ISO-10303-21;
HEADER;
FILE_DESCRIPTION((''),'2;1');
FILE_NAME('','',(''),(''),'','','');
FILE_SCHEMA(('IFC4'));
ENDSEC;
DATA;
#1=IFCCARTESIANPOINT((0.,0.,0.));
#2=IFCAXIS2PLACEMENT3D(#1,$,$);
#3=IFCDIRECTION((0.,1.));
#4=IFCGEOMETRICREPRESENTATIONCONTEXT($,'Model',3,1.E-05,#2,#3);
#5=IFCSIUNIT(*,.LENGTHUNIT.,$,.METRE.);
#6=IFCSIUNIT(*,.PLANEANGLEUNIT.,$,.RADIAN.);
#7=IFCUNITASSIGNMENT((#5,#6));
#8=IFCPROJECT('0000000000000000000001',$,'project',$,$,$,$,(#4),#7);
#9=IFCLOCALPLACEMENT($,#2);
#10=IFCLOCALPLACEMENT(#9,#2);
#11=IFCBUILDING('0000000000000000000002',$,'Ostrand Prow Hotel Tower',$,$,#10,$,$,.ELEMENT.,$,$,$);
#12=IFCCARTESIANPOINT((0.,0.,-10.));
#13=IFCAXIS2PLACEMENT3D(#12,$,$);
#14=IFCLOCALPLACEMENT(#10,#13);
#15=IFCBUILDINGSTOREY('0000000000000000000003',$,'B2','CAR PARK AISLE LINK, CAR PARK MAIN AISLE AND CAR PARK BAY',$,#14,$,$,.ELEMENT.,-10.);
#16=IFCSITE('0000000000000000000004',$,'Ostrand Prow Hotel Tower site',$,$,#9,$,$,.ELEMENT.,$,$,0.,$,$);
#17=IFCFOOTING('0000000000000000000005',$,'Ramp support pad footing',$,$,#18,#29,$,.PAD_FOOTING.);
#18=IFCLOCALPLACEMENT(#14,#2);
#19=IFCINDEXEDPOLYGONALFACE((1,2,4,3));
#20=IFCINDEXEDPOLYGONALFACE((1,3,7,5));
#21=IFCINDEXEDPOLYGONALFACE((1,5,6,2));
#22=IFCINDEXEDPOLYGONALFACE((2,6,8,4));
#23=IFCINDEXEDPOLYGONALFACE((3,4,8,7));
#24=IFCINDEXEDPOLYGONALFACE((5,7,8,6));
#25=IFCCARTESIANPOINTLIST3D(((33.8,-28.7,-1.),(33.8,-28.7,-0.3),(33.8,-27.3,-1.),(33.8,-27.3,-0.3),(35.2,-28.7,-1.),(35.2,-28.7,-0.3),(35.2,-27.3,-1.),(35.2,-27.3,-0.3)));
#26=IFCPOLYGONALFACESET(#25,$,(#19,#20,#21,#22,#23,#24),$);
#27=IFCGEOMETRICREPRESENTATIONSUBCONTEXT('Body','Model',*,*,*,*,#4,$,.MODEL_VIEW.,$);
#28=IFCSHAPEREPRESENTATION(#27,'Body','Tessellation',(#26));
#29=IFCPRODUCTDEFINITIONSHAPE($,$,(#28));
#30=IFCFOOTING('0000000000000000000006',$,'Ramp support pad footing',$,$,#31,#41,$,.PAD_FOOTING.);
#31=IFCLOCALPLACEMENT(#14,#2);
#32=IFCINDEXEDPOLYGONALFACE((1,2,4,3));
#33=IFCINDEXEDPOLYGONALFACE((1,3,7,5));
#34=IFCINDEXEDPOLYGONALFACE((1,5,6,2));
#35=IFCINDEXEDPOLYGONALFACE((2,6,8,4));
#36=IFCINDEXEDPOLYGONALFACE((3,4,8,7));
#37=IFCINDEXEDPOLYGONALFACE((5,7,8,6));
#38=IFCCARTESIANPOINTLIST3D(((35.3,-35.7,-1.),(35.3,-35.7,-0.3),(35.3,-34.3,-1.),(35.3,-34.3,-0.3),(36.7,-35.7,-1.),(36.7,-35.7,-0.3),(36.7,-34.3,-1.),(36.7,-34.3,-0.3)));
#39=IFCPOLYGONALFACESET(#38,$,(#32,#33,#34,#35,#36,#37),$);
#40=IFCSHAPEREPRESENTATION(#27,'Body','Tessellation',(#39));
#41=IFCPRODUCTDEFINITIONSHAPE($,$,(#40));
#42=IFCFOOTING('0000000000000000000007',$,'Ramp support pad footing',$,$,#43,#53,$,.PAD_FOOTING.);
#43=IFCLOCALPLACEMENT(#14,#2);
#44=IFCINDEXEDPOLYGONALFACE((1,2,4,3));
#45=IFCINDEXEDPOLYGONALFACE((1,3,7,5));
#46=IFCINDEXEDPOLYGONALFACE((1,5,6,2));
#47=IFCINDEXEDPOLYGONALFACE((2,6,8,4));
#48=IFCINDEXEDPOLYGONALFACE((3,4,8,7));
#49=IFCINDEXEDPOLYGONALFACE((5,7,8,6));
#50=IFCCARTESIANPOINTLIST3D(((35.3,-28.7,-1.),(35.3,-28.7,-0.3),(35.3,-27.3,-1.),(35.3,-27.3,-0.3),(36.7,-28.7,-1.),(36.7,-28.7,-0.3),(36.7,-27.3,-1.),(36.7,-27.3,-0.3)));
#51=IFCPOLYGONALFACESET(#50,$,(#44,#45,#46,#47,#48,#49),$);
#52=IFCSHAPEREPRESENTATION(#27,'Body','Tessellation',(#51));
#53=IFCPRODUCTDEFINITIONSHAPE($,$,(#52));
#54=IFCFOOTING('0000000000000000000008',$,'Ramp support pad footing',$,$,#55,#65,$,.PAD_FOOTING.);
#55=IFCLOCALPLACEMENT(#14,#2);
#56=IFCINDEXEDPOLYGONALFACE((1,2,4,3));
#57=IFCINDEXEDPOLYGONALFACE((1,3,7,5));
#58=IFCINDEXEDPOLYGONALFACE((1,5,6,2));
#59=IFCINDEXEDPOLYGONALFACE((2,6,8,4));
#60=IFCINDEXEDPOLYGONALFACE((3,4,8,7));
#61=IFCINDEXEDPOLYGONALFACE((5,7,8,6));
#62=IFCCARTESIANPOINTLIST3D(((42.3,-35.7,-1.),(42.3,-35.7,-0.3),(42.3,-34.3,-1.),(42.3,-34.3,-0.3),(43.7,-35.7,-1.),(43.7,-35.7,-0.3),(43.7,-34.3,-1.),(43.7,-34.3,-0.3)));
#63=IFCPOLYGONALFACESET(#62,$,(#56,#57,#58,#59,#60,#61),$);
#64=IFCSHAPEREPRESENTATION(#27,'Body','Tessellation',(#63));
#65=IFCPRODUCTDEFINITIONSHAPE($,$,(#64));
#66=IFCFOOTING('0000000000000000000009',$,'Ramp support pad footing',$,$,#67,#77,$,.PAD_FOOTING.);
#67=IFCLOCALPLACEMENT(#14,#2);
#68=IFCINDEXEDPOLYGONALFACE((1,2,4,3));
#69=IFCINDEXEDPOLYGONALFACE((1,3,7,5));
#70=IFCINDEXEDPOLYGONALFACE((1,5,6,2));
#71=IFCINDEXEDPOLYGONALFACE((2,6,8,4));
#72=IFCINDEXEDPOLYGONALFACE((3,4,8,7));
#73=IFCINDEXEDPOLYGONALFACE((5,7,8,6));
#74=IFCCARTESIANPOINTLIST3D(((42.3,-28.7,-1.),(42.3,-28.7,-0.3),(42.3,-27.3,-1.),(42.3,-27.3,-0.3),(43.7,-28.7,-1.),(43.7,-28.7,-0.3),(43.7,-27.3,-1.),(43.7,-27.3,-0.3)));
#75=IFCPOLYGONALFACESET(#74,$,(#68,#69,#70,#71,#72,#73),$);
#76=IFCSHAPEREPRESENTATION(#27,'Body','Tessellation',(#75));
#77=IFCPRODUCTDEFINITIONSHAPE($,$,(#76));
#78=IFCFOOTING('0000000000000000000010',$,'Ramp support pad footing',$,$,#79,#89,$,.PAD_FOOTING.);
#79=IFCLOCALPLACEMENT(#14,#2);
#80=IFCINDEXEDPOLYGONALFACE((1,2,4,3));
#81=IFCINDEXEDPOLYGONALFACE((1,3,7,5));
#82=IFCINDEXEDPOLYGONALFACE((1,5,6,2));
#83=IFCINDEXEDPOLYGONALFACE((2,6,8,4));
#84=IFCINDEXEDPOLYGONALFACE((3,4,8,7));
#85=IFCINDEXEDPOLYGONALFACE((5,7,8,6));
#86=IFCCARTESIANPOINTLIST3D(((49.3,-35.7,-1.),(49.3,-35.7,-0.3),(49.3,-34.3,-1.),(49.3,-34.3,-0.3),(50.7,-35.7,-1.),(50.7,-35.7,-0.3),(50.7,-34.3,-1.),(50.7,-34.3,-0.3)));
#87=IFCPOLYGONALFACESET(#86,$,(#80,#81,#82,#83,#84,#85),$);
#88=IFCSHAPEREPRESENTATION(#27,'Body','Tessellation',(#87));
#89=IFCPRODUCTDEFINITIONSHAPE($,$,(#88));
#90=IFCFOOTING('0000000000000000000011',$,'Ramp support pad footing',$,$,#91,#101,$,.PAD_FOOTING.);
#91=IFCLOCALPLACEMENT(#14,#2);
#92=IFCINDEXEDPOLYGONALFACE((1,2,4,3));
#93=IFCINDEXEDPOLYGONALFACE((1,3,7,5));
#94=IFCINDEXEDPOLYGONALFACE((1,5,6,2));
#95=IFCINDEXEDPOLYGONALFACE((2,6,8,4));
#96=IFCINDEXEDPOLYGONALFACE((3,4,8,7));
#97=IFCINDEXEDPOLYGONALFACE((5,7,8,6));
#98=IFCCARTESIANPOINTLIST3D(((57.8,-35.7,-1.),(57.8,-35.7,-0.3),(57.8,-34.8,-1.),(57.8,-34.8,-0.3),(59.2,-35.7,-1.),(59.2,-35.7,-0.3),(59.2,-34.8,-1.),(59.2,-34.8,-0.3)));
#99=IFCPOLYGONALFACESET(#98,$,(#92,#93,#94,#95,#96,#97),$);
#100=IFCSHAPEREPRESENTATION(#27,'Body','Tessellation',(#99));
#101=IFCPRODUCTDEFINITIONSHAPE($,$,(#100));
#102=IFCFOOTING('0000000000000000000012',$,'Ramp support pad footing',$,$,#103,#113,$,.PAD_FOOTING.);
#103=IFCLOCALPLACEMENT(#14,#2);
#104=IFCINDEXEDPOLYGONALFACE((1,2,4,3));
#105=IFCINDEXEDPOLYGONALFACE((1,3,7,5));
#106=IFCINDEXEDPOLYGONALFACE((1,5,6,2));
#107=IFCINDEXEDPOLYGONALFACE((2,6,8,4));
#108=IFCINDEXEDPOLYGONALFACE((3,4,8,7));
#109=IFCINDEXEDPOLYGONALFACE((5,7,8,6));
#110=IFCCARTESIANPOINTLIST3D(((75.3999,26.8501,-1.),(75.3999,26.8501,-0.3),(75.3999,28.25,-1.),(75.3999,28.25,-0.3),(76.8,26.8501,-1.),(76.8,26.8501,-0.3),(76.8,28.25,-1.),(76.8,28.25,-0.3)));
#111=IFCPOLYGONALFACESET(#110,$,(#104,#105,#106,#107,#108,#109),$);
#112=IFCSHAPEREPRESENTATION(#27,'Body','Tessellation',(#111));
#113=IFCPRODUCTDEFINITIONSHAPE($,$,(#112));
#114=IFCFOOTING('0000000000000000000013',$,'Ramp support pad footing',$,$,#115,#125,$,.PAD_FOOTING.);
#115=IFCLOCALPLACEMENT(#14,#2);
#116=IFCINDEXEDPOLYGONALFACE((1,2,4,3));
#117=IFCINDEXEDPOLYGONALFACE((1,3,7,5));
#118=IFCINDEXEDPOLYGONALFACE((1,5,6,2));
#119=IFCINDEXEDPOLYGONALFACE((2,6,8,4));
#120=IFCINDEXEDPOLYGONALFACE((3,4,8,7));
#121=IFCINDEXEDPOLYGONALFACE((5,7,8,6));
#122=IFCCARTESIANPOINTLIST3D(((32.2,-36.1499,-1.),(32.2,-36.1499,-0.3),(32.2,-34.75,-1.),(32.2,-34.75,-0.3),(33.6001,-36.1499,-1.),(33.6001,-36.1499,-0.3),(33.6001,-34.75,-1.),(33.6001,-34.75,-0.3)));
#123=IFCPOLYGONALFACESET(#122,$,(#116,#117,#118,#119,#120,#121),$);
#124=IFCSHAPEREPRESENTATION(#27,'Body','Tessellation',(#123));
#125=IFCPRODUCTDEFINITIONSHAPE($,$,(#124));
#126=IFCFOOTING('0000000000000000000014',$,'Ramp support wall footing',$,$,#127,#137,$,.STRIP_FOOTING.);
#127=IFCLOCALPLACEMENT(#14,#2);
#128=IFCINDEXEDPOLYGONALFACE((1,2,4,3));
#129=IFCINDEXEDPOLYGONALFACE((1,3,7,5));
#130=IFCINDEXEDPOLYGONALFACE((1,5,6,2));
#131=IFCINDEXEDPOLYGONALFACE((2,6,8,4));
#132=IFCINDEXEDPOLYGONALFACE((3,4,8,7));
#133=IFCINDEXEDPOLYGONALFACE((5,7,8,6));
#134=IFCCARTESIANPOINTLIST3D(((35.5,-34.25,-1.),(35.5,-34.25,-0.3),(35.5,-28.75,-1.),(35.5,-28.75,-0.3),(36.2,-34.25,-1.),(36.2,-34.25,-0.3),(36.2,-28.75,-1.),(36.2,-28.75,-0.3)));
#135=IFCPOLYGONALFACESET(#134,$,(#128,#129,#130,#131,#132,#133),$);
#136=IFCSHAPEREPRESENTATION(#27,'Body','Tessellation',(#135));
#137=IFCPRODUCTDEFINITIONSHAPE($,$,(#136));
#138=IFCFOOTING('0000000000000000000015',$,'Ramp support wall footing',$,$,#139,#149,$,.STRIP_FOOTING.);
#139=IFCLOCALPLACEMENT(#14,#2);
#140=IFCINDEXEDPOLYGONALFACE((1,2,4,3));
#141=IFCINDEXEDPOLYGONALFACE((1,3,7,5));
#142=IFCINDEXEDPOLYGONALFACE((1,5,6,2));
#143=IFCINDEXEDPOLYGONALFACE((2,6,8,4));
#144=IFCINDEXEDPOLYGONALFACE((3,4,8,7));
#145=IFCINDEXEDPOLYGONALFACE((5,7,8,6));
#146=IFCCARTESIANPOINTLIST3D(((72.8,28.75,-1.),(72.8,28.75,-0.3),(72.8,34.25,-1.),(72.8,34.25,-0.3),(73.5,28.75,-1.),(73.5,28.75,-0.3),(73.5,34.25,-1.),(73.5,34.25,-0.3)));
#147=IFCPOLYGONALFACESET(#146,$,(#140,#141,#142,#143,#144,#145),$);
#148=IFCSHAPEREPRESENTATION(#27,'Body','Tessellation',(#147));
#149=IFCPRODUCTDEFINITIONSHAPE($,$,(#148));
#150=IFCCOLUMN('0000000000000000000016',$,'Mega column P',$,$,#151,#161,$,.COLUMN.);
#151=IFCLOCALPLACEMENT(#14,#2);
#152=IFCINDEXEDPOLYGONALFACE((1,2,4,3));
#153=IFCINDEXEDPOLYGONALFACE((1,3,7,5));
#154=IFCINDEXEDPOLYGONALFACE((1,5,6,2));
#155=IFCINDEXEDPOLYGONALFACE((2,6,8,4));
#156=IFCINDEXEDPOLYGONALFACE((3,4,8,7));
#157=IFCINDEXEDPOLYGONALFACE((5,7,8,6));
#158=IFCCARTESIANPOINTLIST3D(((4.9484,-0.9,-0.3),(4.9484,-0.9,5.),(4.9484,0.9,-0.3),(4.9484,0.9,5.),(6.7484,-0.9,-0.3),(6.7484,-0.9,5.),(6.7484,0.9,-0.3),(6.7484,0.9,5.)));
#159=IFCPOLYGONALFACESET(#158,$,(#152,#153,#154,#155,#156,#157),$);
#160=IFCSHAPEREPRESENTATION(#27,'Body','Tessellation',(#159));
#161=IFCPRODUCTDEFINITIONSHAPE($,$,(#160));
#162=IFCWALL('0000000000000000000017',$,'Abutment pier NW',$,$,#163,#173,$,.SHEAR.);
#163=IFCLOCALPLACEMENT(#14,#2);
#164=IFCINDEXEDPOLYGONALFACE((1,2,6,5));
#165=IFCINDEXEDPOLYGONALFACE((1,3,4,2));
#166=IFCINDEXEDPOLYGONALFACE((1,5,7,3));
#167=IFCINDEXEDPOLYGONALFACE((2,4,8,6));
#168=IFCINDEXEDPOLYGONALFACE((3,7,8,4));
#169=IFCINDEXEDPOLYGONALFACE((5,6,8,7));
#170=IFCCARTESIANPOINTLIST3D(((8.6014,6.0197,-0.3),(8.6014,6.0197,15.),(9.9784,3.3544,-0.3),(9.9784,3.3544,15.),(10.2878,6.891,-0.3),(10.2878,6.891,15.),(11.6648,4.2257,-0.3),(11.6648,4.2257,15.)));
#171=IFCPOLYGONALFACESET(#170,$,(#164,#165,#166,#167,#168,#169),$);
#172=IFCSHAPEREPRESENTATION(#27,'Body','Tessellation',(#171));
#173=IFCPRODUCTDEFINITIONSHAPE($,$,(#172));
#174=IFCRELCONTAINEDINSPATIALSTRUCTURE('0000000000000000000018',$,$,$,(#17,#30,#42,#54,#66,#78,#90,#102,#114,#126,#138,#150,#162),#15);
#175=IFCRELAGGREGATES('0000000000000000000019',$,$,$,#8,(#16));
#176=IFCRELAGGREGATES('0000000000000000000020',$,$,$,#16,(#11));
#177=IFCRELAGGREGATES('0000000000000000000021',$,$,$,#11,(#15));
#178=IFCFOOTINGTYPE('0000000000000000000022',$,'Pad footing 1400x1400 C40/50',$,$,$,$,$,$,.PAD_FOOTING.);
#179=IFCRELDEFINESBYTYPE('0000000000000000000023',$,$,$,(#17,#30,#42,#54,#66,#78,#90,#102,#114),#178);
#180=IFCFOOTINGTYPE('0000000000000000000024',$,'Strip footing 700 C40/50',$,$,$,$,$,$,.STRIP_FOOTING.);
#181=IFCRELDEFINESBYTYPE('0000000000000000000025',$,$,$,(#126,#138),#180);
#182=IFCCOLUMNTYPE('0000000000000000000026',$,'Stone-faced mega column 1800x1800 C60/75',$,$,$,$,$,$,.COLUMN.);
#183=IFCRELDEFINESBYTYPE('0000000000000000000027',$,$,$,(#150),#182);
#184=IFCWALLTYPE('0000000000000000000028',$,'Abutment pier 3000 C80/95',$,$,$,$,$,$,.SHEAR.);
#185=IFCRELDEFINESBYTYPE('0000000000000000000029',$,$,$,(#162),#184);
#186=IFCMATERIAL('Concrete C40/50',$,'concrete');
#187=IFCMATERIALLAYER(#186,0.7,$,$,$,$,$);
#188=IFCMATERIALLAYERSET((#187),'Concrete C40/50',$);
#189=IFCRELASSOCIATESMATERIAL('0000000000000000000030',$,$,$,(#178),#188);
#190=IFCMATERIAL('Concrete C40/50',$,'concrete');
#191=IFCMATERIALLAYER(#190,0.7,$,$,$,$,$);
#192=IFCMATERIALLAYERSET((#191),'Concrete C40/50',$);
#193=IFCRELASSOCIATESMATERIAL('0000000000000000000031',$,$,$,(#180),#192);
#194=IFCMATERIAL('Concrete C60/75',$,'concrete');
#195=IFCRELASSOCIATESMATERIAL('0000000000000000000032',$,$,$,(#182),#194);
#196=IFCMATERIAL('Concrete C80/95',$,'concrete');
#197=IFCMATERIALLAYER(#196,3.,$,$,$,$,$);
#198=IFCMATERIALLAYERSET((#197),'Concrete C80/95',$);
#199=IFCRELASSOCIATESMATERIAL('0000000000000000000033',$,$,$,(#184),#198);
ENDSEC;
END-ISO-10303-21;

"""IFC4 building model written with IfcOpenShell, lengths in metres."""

from ifc_helpers import new_model, si_unit, direction, frame, frame_2d, origin, origin_2d, place, context, subcontext, project, spatial, polyline, rectangle, outline, extrude, material, layer, layer_set, material_profile, profile_set, type_object, element, save


model = new_model("IFC4")

# Units and contexts
model_context = context("Model", 3, precision=1e-05, world=origin(), true_north=direction((0.0, 1.0)))
body_context = subcontext(model_context, "Body", "Model", "MODEL_VIEW")
ifc_project = project(units=[si_unit("LENGTHUNIT", "METRE"), si_unit("PLANEANGLEUNIT", "RADIAN")], contexts=[model_context])

# Site, building, storey
site_placement = place(None, origin())
site = spatial("IfcSite", under=ifc_project, at=site_placement, Name="Ostrand Prow Hotel Tower site", CompositionType="ELEMENT", RefElevation=0.0)
building_placement = place(site_placement, origin())
building = spatial("IfcBuilding", under=site, at=building_placement, Name="Ostrand Prow Hotel Tower", CompositionType="ELEMENT")
storey_placement = place(building_placement, frame((0.0, 0.0, -10.0)))
storey = spatial("IfcBuildingStorey", under=building, at=storey_placement, Name="B2", Description="CAR PARK AISLE LINK, CAR PARK MAIN AISLE AND CAR PARK BAY", CompositionType="ELEMENT", Elevation=-10.0)

# Footings
ifc_material_1 = material(Name="Concrete C40/50", Category="concrete")
ifc_layer_1 = layer(ifc_material_1, 0.7)
ifc_layer_set_1 = layer_set([ifc_layer_1], Name="Concrete C40/50")
footing_type_1 = type_object("IfcFootingType", Name="Pad footing 1400x1400 C40/50", PredefinedType="PAD_FOOTING", material=ifc_layer_set_1)
footing_1_placement = place(storey_placement, frame((0.0, 0.0, -1.0)))
element("IfcFooting", 1, at=footing_1_placement, inside=storey, type_object=footing_type_1, Name="Ramp support pad footing", PredefinedType="PAD_FOOTING", context=body_context, shape_type="SweptSolid", body=[
    extrude(outline(polyline([(33.8, -28.7), (35.2, -28.7), (35.2, -27.3), (33.8, -27.3), (33.8, -28.7)])), origin(), (0.0, 0.0, 1.0), 0.7),
])
footing_2_placement = place(storey_placement, frame((0.0, 0.0, -1.0)))
element("IfcFooting", 2, at=footing_2_placement, inside=storey, type_object=footing_type_1, Name="Ramp support pad footing", PredefinedType="PAD_FOOTING", context=body_context, shape_type="SweptSolid", body=[
    extrude(outline(polyline([(35.3, -35.7), (36.7, -35.7), (36.7, -34.3), (35.3, -34.3), (35.3, -35.7)])), origin(), (0.0, 0.0, 1.0), 0.7),
])
footing_3_placement = place(storey_placement, frame((0.0, 0.0, -1.0)))
element("IfcFooting", 3, at=footing_3_placement, inside=storey, type_object=footing_type_1, Name="Ramp support pad footing", PredefinedType="PAD_FOOTING", context=body_context, shape_type="SweptSolid", body=[
    extrude(outline(polyline([(35.3, -28.7), (36.7, -28.7), (36.7, -27.3), (35.3, -27.3), (35.3, -28.7)])), origin(), (0.0, 0.0, 1.0), 0.7),
])
footing_4_placement = place(storey_placement, frame((0.0, 0.0, -1.0)))
element("IfcFooting", 4, at=footing_4_placement, inside=storey, type_object=footing_type_1, Name="Ramp support pad footing", PredefinedType="PAD_FOOTING", context=body_context, shape_type="SweptSolid", body=[
    extrude(outline(polyline([(42.3, -35.7), (43.7, -35.7), (43.7, -34.3), (42.3, -34.3), (42.3, -35.7)])), origin(), (0.0, 0.0, 1.0), 0.7),
])
footing_5_placement = place(storey_placement, frame((0.0, 0.0, -1.0)))
element("IfcFooting", 5, at=footing_5_placement, inside=storey, type_object=footing_type_1, Name="Ramp support pad footing", PredefinedType="PAD_FOOTING", context=body_context, shape_type="SweptSolid", body=[
    extrude(outline(polyline([(42.3, -28.7), (43.7, -28.7), (43.7, -27.3), (42.3, -27.3), (42.3, -28.7)])), origin(), (0.0, 0.0, 1.0), 0.7),
])
footing_6_placement = place(storey_placement, frame((0.0, 0.0, -1.0)))
element("IfcFooting", 6, at=footing_6_placement, inside=storey, type_object=footing_type_1, Name="Ramp support pad footing", PredefinedType="PAD_FOOTING", context=body_context, shape_type="SweptSolid", body=[
    extrude(outline(polyline([(49.3, -35.7), (50.7, -35.7), (50.7, -34.3), (49.3, -34.3), (49.3, -35.7)])), origin(), (0.0, 0.0, 1.0), 0.7),
])
footing_7_placement = place(storey_placement, frame((0.0, 0.0, -1.0)))
element("IfcFooting", 7, at=footing_7_placement, inside=storey, type_object=footing_type_1, Name="Ramp support pad footing", PredefinedType="PAD_FOOTING", context=body_context, shape_type="SweptSolid", body=[
    extrude(outline(polyline([(59.2, -35.7), (57.8, -35.7), (57.8, -34.8), (59.2, -34.8), (59.2, -35.7)])), origin(), (0.0, 0.0, 1.0), 0.7),
])
footing_8_placement = place(storey_placement, frame((0.0, 0.0, -1.0)))
element("IfcFooting", 8, at=footing_8_placement, inside=storey, type_object=footing_type_1, Name="Ramp support pad footing", PredefinedType="PAD_FOOTING", context=body_context, shape_type="SweptSolid", body=[
    extrude(outline(polyline([(76.8, 26.8501), (76.8, 28.25), (75.3999, 28.25), (75.3999, 26.8501), (76.8, 26.8501)])), origin(), (0.0, 0.0, 1.0), 0.7),
])
footing_9_placement = place(storey_placement, frame((0.0, 0.0, -1.0)))
element("IfcFooting", 9, at=footing_9_placement, inside=storey, type_object=footing_type_1, Name="Ramp support pad footing", PredefinedType="PAD_FOOTING", context=body_context, shape_type="SweptSolid", body=[
    extrude(outline(polyline([(33.6001, -36.1499), (33.6001, -34.75), (32.2, -34.75), (32.2, -36.1499), (33.6001, -36.1499)])), origin(), (0.0, 0.0, 1.0), 0.7),
])
ifc_material_2 = material(Name="Concrete C40/50", Category="concrete")
ifc_layer_2 = layer(ifc_material_2, 0.7)
ifc_layer_set_2 = layer_set([ifc_layer_2], Name="Concrete C40/50")
footing_type_2 = type_object("IfcFootingType", Name="Strip footing 700 C40/50", PredefinedType="STRIP_FOOTING", material=ifc_layer_set_2)
footing_10_placement = place(storey_placement, frame((0.0, 0.0, -1.0)))
element("IfcFooting", 10, at=footing_10_placement, inside=storey, type_object=footing_type_2, Name="Ramp support wall footing", PredefinedType="STRIP_FOOTING", context=body_context, shape_type="SweptSolid", body=[
    extrude(outline(polyline([(35.5, -34.25), (36.2, -34.25), (36.2, -28.75), (35.5, -28.75), (35.5, -34.25)])), origin(), (0.0, 0.0, 1.0), 0.7),
])
footing_11_placement = place(storey_placement, frame((0.0, 0.0, -1.0)))
element("IfcFooting", 11, at=footing_11_placement, inside=storey, type_object=footing_type_2, Name="Ramp support wall footing", PredefinedType="STRIP_FOOTING", context=body_context, shape_type="SweptSolid", body=[
    extrude(outline(polyline([(72.8, 28.75), (73.5, 28.75), (73.5, 34.25), (72.8, 34.25), (72.8, 28.75)])), origin(), (0.0, 0.0, 1.0), 0.7),
])

# Column
ifc_material_3 = material(Name="Concrete C60/75", Category="concrete")
ifc_material_profile = material_profile(ifc_material_3, rectangle(XDim=1.8, YDim=1.8, at=origin_2d()), Name="RC 1800x1800")
ifc_profile_set = profile_set([ifc_material_profile], Name="Concrete C60/75")
column_type = type_object("IfcColumnType", Name="Stone-faced mega column 1800x1800 C60/75", PredefinedType="COLUMN", material=ifc_profile_set)
column_placement = place(storey_placement, frame((5.8484, 0.0, -0.3), z_axis=(0.0, 0.0, 1.0), x_axis=(1.0, 0.0, 0.0)))
element("IfcColumn", 12, at=column_placement, inside=storey, type_object=column_type, Name="Mega column P", PredefinedType="COLUMN", context=body_context, shape_type="SweptSolid", body=[
    extrude(rectangle(XDim=1.8, YDim=1.8, at=origin_2d()), origin(), (0.0, 0.0, 1.0), 5.3),
])

# Wall
ifc_material_4 = material(Name="Concrete C80/95", Category="concrete")
ifc_layer_3 = layer(ifc_material_4, 3.0)
ifc_layer_set_3 = layer_set([ifc_layer_3], Name="Concrete C80/95")
wall_type = type_object("IfcWallType", Name="Abutment pier 3000 C80/95", PredefinedType="SHEAR", material=ifc_layer_set_3)
wall_placement = place(storey_placement, frame((9.2898, 4.687, -0.3), z_axis=(0.0, 0.0, 1.0), x_axis=(0.888433, 0.459007, 0.0)))
element("IfcWall", 13, at=wall_placement, inside=storey, type_object=wall_type, Name="Abutment pier NW", PredefinedType="SHEAR", context=body_context, shape_type="SweptSolid", body=[
    extrude(rectangle(XDim=1.8982, YDim=3.0, at=frame_2d((0.9492, 0.0))), origin(), (0.0, 0.0, 1.0), 15.3),
])

save(model, "model.ifc")
